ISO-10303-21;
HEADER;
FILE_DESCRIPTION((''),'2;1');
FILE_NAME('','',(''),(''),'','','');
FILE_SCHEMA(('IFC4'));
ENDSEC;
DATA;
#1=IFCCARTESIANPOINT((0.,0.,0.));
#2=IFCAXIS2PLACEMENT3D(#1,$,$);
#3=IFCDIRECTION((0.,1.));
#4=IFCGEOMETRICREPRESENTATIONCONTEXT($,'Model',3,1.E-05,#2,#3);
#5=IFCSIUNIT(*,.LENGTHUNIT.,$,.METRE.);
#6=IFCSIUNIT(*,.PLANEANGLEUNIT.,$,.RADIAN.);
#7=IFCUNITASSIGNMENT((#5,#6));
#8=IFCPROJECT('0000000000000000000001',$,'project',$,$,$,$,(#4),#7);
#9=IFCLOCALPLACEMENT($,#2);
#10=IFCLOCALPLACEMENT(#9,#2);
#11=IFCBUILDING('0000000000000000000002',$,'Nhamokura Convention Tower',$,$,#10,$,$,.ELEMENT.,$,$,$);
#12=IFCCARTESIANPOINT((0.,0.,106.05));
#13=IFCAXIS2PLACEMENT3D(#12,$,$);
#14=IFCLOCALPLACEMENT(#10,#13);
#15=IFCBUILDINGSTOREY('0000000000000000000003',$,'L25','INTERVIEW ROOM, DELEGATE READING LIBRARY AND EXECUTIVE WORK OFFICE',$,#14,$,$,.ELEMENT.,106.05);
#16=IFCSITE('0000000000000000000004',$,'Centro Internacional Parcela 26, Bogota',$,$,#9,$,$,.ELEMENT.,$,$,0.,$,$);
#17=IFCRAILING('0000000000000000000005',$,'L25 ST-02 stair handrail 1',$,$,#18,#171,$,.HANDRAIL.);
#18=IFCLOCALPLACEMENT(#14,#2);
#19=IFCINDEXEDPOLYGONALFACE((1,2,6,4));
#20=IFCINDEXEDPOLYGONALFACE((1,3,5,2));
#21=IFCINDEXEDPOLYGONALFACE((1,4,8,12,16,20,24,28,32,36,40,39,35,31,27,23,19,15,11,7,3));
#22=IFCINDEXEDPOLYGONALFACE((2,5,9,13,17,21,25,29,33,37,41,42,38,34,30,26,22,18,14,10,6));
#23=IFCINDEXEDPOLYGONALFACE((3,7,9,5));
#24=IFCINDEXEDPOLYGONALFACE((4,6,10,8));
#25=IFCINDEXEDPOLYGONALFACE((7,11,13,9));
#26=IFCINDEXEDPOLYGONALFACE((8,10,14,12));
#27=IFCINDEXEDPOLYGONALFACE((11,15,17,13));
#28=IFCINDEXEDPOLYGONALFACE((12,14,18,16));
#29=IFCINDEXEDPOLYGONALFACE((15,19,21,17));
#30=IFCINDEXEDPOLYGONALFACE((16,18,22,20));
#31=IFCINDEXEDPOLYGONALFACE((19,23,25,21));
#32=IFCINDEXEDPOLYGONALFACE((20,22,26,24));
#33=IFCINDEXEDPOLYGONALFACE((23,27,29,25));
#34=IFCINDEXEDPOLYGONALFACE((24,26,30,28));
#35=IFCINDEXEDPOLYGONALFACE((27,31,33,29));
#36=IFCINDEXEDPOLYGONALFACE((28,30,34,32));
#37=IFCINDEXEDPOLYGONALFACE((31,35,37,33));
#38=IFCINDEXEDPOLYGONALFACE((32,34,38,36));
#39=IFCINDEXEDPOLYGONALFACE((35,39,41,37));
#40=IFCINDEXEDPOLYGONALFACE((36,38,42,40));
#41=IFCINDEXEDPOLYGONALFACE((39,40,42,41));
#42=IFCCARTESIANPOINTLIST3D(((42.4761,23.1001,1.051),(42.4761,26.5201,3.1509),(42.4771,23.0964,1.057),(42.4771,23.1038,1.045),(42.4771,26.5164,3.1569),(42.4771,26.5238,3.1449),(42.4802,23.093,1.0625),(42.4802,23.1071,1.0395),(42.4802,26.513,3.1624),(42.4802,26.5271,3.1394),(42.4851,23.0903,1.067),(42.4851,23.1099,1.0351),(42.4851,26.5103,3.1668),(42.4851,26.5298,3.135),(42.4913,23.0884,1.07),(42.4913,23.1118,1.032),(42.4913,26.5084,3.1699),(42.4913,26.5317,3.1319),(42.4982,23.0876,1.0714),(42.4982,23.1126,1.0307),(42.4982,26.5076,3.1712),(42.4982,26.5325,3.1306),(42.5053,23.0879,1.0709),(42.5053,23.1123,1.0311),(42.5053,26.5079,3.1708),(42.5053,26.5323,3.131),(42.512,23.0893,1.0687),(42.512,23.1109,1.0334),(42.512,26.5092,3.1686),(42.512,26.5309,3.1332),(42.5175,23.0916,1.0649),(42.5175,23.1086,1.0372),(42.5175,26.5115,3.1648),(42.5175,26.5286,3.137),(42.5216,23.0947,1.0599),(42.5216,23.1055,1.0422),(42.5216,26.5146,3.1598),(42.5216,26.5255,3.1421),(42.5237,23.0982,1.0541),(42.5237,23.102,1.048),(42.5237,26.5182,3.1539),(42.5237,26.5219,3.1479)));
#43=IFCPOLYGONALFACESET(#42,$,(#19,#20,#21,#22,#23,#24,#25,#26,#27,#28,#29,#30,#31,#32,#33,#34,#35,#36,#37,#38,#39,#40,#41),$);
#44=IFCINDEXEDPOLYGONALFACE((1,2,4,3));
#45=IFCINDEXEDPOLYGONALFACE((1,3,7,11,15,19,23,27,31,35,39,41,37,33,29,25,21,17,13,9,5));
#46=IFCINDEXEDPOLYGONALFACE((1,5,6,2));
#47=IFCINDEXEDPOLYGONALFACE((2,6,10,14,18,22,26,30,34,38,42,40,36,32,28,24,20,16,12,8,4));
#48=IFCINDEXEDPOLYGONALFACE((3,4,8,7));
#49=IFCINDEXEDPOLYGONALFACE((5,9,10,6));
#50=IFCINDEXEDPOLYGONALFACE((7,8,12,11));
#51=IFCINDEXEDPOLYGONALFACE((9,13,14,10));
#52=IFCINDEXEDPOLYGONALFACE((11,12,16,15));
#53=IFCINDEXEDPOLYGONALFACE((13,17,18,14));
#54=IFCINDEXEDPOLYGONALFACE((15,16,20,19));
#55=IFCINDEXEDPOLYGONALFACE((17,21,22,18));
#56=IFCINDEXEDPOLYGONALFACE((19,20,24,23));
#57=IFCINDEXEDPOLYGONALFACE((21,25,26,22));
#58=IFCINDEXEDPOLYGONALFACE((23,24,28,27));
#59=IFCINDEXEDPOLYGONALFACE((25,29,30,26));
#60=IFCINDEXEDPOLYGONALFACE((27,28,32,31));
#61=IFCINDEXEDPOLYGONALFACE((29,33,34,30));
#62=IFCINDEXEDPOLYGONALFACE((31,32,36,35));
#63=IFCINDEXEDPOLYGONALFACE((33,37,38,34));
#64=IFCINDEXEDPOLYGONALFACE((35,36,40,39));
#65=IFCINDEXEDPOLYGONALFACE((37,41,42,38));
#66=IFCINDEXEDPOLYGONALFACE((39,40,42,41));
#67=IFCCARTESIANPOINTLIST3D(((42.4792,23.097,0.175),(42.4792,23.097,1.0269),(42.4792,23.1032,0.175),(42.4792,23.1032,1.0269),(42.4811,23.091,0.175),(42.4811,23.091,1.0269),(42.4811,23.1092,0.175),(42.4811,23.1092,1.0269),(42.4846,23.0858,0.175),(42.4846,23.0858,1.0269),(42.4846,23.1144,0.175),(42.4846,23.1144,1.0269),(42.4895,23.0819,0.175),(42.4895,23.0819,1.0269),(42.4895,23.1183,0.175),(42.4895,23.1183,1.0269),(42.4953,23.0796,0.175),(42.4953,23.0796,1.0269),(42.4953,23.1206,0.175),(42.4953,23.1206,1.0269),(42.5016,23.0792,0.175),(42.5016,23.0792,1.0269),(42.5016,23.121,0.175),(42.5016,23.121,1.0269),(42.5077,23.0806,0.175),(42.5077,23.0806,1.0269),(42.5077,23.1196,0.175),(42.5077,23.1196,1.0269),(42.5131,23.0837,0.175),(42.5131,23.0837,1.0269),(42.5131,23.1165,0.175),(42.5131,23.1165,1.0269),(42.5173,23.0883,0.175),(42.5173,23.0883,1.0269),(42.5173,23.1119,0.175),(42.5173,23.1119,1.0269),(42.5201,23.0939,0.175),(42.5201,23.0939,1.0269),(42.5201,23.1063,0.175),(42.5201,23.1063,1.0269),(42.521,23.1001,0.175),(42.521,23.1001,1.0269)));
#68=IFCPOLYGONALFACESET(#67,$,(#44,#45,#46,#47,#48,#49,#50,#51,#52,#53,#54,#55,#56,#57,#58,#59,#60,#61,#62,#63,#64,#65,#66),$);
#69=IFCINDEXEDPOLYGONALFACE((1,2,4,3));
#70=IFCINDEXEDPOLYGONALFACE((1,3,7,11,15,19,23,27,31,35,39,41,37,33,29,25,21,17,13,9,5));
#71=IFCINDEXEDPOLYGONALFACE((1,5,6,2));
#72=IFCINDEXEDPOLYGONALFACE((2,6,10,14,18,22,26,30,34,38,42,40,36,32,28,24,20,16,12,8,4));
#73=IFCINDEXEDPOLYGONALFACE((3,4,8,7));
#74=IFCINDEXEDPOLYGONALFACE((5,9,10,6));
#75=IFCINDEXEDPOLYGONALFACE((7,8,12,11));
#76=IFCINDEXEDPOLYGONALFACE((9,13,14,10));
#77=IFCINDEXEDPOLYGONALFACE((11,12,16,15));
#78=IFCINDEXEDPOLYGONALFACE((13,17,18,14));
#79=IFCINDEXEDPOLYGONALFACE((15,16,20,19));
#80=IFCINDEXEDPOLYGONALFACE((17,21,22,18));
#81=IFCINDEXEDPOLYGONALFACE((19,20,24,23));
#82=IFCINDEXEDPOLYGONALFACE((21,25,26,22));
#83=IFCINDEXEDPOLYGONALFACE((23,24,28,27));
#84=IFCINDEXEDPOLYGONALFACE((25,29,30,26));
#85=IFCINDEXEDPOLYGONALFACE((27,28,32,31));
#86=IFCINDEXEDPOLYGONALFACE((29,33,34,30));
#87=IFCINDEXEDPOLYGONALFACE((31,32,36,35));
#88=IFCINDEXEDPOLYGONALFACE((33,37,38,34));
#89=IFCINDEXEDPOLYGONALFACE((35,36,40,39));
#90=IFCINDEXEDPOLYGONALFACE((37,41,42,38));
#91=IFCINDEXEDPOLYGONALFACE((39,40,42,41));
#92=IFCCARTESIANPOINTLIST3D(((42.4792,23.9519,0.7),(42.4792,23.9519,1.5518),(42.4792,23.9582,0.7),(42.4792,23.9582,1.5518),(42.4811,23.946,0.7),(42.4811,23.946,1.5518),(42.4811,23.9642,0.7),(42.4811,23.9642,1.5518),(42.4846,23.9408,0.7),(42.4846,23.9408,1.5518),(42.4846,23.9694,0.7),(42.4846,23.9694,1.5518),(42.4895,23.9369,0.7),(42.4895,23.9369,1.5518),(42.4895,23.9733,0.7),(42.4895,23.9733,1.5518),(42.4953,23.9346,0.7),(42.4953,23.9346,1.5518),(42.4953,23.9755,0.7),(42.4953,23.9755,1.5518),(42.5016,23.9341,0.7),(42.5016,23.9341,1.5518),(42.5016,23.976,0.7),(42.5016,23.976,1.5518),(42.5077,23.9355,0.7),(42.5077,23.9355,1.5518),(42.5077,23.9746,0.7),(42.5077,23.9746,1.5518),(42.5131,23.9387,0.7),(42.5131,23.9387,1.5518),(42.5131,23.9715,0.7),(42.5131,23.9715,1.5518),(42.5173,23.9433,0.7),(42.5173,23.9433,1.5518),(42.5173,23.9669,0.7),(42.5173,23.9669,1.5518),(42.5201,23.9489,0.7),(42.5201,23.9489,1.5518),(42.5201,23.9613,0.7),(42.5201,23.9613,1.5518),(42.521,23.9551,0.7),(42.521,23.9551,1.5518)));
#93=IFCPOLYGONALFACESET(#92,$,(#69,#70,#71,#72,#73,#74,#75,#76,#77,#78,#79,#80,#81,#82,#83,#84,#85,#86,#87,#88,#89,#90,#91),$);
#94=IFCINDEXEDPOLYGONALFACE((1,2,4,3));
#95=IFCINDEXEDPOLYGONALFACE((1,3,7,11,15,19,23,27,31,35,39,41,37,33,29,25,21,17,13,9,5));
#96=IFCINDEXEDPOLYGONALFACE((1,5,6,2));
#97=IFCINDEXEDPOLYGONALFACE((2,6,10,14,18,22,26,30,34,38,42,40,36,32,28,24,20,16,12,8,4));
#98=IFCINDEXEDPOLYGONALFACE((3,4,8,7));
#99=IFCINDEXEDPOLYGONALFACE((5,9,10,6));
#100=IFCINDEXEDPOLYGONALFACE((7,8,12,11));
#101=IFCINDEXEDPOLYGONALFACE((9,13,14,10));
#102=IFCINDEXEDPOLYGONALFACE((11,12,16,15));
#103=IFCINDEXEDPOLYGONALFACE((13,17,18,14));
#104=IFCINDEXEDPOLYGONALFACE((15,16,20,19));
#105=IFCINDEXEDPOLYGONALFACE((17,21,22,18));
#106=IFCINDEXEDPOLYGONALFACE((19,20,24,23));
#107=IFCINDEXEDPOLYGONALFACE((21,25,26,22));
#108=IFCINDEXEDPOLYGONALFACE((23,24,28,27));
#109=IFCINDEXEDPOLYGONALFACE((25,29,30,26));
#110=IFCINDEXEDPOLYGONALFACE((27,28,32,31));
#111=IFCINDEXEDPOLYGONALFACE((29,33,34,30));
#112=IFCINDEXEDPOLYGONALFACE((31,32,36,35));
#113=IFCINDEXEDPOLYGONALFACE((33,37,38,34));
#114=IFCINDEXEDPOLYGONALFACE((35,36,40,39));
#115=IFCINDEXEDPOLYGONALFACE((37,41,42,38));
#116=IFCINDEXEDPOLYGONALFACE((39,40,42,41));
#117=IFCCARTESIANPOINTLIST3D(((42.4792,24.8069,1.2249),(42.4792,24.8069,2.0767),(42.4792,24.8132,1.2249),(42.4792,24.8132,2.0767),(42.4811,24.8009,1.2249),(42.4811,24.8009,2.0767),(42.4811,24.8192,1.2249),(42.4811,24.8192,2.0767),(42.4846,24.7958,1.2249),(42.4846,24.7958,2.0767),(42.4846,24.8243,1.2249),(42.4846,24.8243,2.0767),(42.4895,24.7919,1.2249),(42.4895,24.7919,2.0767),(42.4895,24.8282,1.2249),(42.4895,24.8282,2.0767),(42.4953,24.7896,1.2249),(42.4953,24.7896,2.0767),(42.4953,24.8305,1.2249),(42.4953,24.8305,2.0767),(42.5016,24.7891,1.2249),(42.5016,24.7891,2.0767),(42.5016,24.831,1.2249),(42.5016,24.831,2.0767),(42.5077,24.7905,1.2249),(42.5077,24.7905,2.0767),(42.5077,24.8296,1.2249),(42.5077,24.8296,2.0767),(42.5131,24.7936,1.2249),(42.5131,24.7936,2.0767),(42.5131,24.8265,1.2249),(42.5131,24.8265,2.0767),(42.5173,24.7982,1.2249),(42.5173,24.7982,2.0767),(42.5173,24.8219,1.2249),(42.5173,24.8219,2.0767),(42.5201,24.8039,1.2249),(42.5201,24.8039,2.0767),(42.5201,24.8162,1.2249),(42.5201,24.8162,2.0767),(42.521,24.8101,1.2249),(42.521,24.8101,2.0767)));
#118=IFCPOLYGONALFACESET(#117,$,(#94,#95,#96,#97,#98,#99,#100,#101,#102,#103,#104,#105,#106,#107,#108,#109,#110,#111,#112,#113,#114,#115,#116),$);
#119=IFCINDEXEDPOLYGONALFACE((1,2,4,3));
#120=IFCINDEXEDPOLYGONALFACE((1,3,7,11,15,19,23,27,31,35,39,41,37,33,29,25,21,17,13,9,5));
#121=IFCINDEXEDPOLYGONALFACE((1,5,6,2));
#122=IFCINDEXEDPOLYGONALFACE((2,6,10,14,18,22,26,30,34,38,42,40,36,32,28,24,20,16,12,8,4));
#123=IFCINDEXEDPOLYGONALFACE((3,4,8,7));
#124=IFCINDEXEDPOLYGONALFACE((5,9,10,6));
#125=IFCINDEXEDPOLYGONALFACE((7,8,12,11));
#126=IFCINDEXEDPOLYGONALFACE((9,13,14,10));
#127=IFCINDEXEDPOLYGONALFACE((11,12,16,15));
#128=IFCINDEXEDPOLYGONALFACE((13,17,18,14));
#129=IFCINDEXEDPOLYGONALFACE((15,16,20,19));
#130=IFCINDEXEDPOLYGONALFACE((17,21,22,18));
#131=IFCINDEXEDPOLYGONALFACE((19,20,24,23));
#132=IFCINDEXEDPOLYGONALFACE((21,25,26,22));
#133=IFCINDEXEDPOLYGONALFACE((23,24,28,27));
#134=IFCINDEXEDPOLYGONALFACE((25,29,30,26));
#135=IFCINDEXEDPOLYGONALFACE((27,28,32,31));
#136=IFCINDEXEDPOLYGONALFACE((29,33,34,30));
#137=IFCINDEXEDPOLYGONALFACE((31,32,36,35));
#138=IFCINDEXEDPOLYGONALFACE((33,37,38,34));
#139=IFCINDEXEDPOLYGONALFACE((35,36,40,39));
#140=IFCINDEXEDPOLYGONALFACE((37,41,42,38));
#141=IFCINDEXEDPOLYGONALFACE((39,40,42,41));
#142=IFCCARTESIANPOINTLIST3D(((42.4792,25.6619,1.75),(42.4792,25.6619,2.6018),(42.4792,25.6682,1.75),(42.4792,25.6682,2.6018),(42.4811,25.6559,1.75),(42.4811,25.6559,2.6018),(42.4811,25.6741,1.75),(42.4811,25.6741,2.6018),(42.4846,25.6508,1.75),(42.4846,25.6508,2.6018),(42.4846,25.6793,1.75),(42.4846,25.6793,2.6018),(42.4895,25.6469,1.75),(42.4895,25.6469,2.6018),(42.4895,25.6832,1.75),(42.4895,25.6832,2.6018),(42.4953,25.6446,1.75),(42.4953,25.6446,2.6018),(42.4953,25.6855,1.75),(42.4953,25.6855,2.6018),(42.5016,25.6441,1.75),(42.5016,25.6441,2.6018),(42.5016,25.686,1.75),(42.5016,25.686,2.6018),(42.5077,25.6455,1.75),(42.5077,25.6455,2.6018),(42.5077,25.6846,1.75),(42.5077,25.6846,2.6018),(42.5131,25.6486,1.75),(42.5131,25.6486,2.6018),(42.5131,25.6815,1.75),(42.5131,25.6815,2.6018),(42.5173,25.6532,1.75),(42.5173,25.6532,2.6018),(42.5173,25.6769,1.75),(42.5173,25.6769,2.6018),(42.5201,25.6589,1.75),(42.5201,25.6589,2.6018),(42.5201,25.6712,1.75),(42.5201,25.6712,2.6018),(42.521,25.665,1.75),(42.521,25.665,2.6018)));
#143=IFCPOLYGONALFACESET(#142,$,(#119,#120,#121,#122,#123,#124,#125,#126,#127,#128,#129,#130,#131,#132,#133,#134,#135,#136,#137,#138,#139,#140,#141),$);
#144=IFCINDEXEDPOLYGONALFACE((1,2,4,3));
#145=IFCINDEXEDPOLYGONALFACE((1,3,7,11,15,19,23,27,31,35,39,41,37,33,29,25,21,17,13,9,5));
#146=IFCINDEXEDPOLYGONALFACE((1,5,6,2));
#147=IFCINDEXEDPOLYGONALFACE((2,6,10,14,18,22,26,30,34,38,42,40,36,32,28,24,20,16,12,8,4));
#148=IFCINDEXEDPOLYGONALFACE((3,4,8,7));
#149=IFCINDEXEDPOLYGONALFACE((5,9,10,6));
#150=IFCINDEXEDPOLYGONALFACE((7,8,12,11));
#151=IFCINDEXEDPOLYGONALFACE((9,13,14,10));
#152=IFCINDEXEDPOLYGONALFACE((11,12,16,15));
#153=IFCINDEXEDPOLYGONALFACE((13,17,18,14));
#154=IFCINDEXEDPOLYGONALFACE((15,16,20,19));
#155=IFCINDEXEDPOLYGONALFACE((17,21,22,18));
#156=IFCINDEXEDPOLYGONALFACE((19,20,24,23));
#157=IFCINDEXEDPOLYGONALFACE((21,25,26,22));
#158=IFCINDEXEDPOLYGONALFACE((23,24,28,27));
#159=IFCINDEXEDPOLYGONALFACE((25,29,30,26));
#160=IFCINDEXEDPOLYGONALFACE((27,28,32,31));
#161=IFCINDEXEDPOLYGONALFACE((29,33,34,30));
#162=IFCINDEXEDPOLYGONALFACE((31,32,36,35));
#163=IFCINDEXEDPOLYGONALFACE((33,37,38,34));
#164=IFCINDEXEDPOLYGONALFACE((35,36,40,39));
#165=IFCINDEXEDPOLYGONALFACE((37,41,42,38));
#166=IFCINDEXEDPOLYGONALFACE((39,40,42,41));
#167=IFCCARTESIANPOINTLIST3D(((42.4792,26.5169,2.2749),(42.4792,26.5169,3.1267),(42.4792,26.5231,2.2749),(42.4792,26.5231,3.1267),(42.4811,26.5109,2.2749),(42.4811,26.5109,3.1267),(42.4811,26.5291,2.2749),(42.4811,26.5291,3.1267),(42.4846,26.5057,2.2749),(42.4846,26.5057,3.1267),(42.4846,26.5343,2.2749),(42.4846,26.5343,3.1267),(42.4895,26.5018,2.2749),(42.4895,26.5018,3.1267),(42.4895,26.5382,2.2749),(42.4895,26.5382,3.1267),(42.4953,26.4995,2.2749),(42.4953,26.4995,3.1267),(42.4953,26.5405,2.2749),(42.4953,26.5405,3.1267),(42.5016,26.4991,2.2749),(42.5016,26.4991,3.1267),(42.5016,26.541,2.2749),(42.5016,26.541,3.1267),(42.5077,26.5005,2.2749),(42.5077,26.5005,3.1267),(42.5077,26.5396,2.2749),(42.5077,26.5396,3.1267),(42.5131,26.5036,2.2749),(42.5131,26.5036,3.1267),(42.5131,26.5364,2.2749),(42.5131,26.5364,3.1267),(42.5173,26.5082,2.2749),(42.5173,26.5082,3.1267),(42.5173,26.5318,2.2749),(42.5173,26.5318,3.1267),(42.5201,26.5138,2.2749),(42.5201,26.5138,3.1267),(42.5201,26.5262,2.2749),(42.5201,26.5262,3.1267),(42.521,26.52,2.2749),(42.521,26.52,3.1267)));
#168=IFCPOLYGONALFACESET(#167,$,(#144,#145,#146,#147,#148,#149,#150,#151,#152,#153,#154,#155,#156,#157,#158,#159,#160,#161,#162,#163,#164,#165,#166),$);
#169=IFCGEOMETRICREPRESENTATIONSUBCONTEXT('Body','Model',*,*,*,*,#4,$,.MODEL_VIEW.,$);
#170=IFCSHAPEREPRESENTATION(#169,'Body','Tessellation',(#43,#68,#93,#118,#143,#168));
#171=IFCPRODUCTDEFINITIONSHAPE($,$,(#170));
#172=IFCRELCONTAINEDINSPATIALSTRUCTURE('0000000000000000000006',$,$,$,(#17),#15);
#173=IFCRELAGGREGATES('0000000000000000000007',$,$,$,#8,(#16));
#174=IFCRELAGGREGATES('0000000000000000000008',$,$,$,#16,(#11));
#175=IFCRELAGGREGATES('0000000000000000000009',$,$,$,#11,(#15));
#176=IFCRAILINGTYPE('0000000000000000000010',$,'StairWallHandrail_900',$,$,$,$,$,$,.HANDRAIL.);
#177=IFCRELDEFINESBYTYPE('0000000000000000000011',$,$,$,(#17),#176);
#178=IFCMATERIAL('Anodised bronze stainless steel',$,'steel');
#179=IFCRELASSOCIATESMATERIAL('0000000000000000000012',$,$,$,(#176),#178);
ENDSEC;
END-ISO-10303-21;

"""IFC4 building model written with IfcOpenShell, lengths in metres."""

from ifc_helpers import new_model, si_unit, direction, frame, origin, origin_2d, place, context, subcontext, project, spatial, circle, extrude, material, type_object, element, save


model = new_model("IFC4")

# Units and contexts
model_context = context("Model", 3, precision=1e-05, world=origin(), true_north=direction((0.0, 1.0)))
body_context = subcontext(model_context, "Body", "Model", "MODEL_VIEW")
ifc_project = project(units=[si_unit("LENGTHUNIT", "METRE"), si_unit("PLANEANGLEUNIT", "RADIAN")], contexts=[model_context])

# Site, building, storey
site_placement = place(None, origin())
site = spatial("IfcSite", under=ifc_project, at=site_placement, Name="Centro Internacional Parcela 26, Bogota", CompositionType="ELEMENT", RefElevation=0.0)
building_placement = place(site_placement, origin())
building = spatial("IfcBuilding", under=site, at=building_placement, Name="Nhamokura Convention Tower", CompositionType="ELEMENT")
storey_placement = place(building_placement, frame((0.0, 0.0, 106.05)))
storey = spatial("IfcBuildingStorey", under=building, at=storey_placement, Name="L25", Description="INTERVIEW ROOM, DELEGATE READING LIBRARY AND EXECUTIVE WORK OFFICE", CompositionType="ELEMENT", Elevation=106.05)

# Railing
ifc_material_1 = material(Name="Anodised bronze stainless steel", Category="steel")
railing_type_1 = type_object("IfcRailingType", Name="StairWallHandrail_900", PredefinedType="HANDRAIL", material=ifc_material_1)
railing_1_placement = place(storey_placement, frame((42.5, 23.1001, 0.175)))
element("IfcRailing", 1, at=railing_1_placement, inside=storey, type_object=railing_type_1, Name="L25 ST-02 stair handrail 1", PredefinedType="HANDRAIL", context=body_context, shape_type="SweptSolid", body=[
    extrude(circle(Radius=0.0239, at=origin_2d()), frame((0.0, 0.0, 0.876), z_axis=(0.0, 0.852182, 0.523245), x_axis=(-1.0, 0.0, 0.0)), (0.0, 0.0, 1.0), 4.0132),
    extrude(circle(Radius=0.021, at=origin_2d()), origin(), (0.0, 0.0, 1.0), 0.8518),
    extrude(circle(Radius=0.021, at=origin_2d()), frame((0.0, 0.855, 0.5249)), (0.0, 0.0, 1.0), 0.8518),
    extrude(circle(Radius=0.021, at=origin_2d()), frame((0.0, 1.71, 1.0498)), (0.0, 0.0, 1.0), 0.8518),
    extrude(circle(Radius=0.021, at=origin_2d()), frame((0.0, 2.5649, 1.575)), (0.0, 0.0, 1.0), 0.8518),
    extrude(circle(Radius=0.021, at=origin_2d()), frame((0.0, 3.4199, 2.0999)), (0.0, 0.0, 1.0), 0.8518),
])

save(model, "model.ifc")
